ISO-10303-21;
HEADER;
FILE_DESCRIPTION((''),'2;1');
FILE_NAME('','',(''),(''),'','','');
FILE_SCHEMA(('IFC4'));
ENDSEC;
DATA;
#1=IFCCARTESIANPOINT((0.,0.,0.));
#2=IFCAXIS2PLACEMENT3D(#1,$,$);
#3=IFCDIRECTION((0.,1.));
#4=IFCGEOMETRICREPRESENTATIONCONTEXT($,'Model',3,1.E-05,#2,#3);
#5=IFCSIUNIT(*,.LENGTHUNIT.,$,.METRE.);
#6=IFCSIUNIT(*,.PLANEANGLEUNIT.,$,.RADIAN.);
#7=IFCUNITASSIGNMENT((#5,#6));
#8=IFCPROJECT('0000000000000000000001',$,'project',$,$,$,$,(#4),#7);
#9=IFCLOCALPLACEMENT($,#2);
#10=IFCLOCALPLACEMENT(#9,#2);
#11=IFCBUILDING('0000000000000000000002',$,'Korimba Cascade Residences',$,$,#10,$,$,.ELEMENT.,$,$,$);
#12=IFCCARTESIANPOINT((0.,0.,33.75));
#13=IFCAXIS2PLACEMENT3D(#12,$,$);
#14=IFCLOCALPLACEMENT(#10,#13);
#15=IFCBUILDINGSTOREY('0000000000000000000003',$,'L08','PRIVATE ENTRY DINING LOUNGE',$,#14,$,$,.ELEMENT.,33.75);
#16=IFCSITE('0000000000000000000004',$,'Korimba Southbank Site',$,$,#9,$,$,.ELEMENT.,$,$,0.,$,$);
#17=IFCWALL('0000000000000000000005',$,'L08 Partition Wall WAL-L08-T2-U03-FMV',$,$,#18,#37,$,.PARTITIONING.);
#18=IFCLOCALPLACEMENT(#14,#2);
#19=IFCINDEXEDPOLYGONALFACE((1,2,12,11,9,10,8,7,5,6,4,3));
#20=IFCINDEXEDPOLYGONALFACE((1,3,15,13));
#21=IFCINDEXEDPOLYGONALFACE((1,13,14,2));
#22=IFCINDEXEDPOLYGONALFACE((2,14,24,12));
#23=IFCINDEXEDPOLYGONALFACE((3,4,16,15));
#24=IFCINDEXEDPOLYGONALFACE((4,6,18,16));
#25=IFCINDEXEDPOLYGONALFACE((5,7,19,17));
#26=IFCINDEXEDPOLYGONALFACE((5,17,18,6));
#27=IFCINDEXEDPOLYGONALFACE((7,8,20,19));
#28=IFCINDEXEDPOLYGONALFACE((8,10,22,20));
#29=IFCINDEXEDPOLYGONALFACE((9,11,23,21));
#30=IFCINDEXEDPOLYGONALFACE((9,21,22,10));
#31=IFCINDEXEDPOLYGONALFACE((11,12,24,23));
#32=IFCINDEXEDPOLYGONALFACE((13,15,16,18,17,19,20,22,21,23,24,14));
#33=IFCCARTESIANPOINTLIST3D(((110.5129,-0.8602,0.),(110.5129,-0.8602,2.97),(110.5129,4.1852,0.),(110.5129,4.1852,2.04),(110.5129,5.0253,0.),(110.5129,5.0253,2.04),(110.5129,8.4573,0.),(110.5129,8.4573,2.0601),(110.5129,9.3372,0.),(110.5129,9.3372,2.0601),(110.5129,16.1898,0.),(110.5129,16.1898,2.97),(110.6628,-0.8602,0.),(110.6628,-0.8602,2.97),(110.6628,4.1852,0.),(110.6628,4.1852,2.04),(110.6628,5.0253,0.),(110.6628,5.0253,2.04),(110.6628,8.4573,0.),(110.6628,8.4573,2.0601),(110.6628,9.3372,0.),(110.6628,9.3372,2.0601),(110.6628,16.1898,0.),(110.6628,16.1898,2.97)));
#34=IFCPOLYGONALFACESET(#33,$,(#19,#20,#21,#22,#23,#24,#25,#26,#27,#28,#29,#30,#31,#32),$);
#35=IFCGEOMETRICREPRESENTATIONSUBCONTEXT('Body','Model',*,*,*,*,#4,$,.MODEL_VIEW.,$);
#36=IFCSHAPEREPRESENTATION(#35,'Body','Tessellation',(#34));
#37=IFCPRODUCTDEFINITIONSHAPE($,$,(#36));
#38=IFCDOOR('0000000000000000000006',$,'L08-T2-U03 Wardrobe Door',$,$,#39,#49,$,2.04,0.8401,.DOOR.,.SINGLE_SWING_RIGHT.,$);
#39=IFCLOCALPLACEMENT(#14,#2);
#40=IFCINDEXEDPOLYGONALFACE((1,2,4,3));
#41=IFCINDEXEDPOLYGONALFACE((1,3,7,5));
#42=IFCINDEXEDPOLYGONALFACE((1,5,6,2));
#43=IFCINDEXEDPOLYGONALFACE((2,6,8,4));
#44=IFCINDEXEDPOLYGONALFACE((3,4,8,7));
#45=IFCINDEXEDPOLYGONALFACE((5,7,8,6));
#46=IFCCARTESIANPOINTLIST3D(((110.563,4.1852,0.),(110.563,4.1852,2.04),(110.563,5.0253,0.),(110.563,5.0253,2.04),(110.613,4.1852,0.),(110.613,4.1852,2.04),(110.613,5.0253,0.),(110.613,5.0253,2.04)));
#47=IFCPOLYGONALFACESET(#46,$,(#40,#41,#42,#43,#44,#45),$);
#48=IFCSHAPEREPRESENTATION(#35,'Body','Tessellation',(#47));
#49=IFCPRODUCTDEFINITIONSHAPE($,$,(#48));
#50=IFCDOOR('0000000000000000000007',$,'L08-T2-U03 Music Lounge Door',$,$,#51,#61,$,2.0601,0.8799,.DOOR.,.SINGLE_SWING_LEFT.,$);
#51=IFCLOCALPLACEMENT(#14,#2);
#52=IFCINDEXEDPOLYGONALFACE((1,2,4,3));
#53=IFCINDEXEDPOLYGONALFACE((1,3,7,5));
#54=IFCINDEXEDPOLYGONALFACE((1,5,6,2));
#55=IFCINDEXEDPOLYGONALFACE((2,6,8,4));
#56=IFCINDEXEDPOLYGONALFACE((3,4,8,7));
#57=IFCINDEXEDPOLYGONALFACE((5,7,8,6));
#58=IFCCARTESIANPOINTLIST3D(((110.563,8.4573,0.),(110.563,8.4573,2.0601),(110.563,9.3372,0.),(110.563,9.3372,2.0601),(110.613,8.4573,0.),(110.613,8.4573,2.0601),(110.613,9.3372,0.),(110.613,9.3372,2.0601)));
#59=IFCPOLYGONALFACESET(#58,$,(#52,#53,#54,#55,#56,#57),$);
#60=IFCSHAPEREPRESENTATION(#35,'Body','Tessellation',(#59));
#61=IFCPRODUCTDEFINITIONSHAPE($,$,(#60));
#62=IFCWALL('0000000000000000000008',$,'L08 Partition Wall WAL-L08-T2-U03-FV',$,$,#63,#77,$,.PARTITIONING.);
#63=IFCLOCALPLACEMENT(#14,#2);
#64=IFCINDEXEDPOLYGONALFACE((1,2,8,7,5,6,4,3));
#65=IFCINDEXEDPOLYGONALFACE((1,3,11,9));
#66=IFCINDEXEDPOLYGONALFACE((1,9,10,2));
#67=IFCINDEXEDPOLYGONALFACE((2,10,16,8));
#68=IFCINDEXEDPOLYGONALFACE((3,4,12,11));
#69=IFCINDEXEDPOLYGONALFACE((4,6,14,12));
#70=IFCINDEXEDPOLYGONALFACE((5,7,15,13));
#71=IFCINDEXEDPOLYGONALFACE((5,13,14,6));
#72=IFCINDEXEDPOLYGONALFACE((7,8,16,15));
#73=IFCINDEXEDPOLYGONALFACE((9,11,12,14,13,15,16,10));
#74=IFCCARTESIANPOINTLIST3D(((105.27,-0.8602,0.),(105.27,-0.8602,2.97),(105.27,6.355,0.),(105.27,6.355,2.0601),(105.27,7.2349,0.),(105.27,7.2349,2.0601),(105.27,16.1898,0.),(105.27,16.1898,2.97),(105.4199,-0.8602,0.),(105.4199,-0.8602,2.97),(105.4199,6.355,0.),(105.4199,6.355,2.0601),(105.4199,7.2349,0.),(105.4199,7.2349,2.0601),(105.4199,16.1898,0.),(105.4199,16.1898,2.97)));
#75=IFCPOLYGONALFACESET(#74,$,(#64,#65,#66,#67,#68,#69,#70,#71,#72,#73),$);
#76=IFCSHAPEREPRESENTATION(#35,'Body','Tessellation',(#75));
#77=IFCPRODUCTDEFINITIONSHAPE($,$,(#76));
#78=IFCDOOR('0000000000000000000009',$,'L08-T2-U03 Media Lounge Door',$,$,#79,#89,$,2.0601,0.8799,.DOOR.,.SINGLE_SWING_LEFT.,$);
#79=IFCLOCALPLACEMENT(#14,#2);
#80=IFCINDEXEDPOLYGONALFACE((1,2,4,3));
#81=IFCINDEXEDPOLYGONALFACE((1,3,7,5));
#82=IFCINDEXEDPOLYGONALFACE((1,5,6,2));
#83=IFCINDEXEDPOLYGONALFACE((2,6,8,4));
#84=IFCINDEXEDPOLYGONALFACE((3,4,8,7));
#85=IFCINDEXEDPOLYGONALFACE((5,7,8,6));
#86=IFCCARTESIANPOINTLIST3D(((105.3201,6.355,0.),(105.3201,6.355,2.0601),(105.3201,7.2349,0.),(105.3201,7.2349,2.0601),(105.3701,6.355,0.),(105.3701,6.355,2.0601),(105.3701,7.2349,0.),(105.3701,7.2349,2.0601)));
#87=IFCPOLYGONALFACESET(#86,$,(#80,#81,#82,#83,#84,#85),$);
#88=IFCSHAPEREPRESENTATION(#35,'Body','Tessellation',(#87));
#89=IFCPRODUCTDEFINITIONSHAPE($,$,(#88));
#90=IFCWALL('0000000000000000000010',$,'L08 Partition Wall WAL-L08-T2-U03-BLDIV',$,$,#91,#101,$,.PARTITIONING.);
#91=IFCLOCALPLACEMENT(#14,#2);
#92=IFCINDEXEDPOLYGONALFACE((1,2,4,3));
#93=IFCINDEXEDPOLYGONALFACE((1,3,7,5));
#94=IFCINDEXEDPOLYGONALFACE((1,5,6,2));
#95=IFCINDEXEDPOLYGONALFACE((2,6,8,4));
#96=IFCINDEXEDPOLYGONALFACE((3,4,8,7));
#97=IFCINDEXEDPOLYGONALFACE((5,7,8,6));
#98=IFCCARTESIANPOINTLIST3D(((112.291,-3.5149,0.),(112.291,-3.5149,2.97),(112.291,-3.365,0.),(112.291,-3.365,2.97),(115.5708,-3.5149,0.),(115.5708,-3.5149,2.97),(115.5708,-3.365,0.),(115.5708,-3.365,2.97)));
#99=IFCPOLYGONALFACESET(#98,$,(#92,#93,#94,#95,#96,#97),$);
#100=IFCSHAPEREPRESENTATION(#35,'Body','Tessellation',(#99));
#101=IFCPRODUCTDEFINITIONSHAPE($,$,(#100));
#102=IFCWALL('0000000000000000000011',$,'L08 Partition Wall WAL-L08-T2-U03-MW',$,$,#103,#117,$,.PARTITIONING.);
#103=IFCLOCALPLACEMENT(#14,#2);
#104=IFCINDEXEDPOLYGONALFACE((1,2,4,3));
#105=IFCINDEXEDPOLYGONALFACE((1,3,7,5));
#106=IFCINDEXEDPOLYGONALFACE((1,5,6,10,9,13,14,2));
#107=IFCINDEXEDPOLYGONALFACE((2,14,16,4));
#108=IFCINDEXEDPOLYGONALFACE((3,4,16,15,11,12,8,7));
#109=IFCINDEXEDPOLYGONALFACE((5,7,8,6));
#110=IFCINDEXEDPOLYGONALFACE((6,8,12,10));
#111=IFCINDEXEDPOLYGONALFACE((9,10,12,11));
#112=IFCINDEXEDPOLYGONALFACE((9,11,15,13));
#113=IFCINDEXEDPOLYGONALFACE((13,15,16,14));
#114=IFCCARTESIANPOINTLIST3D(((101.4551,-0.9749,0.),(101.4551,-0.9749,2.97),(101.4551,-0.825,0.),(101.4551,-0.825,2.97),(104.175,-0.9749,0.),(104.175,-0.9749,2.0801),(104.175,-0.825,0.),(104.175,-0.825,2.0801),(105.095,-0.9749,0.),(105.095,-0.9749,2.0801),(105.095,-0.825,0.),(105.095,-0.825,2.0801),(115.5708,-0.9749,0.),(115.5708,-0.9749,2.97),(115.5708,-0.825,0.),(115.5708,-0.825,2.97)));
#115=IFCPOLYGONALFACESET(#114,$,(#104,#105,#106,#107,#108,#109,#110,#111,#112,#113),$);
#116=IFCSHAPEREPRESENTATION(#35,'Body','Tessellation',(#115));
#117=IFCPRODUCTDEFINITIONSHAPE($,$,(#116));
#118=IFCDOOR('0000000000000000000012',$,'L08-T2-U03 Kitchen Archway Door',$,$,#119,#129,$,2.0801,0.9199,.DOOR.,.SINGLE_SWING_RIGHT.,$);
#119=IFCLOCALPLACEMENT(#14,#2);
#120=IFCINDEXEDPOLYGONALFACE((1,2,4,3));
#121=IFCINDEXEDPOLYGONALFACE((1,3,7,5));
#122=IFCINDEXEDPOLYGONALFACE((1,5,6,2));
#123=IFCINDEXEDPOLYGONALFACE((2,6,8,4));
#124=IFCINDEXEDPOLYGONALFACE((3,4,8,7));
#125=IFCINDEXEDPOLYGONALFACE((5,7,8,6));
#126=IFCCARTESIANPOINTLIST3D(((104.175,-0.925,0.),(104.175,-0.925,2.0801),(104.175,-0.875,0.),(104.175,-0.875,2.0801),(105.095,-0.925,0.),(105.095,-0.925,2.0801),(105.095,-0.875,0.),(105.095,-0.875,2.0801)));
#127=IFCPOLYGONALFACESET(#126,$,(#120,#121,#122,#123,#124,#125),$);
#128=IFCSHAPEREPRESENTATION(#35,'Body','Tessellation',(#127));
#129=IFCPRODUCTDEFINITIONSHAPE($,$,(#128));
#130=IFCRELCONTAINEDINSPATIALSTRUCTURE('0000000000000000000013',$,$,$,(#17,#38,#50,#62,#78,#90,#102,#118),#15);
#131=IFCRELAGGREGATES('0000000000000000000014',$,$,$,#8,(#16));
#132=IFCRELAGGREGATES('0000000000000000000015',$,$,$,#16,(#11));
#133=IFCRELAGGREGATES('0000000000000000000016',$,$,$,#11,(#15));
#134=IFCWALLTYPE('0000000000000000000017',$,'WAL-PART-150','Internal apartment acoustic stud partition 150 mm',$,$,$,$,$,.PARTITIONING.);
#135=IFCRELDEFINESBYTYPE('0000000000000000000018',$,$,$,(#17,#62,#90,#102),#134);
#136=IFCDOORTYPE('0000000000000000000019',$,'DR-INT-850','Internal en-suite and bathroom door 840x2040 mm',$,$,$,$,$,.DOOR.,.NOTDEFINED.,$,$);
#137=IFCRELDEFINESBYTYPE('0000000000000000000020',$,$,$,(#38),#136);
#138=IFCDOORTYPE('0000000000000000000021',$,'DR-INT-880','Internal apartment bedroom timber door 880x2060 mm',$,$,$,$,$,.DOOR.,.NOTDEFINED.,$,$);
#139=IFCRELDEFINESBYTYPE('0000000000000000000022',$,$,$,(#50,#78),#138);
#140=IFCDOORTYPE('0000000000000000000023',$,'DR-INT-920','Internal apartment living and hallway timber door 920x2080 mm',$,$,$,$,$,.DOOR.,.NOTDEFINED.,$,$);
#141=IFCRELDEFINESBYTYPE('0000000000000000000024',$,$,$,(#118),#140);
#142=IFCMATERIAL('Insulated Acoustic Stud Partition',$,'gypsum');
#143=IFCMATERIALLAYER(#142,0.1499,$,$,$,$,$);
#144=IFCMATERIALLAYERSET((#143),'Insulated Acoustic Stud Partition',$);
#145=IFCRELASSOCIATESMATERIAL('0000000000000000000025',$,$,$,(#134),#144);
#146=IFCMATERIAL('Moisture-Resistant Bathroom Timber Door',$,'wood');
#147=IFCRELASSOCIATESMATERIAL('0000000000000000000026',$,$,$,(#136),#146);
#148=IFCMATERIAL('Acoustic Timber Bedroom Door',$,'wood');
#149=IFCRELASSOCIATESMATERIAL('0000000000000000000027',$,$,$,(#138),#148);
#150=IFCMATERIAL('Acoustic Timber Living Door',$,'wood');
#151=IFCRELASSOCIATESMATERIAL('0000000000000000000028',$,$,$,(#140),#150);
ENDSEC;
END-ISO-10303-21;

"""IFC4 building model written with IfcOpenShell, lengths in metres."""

from ifc_helpers import new_model, si_unit, direction, frame, frame_2d, origin, place, context, subcontext, project, spatial, rectangle, extrude, material, layer, layer_set, type_object, element, fill, save


model = new_model("IFC4")

# Units and contexts
model_context = context("Model", 3, precision=1e-05, world=origin(), true_north=direction((0.0, 1.0)))
body_context = subcontext(model_context, "Body", "Model", "MODEL_VIEW")
ifc_project = project(units=[si_unit("LENGTHUNIT", "METRE"), si_unit("PLANEANGLEUNIT", "RADIAN")], contexts=[model_context])

# Site, building, storey
site_placement = place(None, origin())
site = spatial("IfcSite", under=ifc_project, at=site_placement, Name="Korimba Southbank Site", CompositionType="ELEMENT", RefElevation=0.0)
building_placement = place(site_placement, origin())
building = spatial("IfcBuilding", under=site, at=building_placement, Name="Korimba Cascade Residences", CompositionType="ELEMENT")
storey_placement = place(building_placement, frame((0.0, 0.0, 33.75)))
storey = spatial("IfcBuildingStorey", under=building, at=storey_placement, Name="L08", Description="PRIVATE ENTRY DINING LOUNGE", CompositionType="ELEMENT", Elevation=33.75)

# Shared definitions
ifc_material_1 = material(Name="Insulated Acoustic Stud Partition", Category="gypsum")
ifc_layer = layer(ifc_material_1, 0.1499)
ifc_layer_set = layer_set([ifc_layer], Name="Insulated Acoustic Stud Partition")
wall_type = type_object("IfcWallType", Name="WAL-PART-150", Description="Internal apartment acoustic stud partition 150 mm", PredefinedType="PARTITIONING", material=ifc_layer_set)

# Wall, openings, doors
wall_1_placement = place(storey_placement, frame((110.5879, -0.8601, 0.0), z_axis=(0.0, 0.0, 1.0), x_axis=(0.0, 1.0, 0.0)))
wall_1 = element("IfcWall", 1, at=wall_1_placement, inside=storey, type_object=wall_type, Name="L08 Partition Wall WAL-L08-T2-U03-FMV", PredefinedType="PARTITIONING", context=body_context, shape_type="SweptSolid", body=[
    extrude(rectangle(XDim=17.05, YDim=0.1499, at=frame_2d((8.5249, 0.0))), origin(), (0.0, 0.0, 1.0), 2.97),
])
opening_1_placement = place(wall_1_placement, frame((5.0454, 0.0, 0.0)))
opening_1 = element("IfcOpeningElement", 2, at=opening_1_placement, cuts=wall_1, PredefinedType="OPENING", context=body_context, shape_type="SweptSolid", body=[
    extrude(rectangle(XDim=0.8401, YDim=2.04, at=frame_2d((0.4199, 1.02))), frame((0.0, 0.085, 0.0), z_axis=(0.0, -1.0, 0.0), x_axis=(1.0, 0.0, 0.0)), (0.0, 0.0, 1.0), 0.1699),
])
opening_2_placement = place(wall_1_placement, frame((9.3174, 0.0, 0.0)))
opening_2 = element("IfcOpeningElement", 3, at=opening_2_placement, cuts=wall_1, PredefinedType="OPENING", context=body_context, shape_type="SweptSolid", body=[
    extrude(rectangle(XDim=0.8799, YDim=2.0601, at=frame_2d((0.4399, 1.03))), frame((0.0, 0.085, 0.0), z_axis=(0.0, -1.0, 0.0), x_axis=(1.0, 0.0, 0.0)), (0.0, 0.0, 1.0), 0.1699),
])
ifc_material_2 = material(Name="Moisture-Resistant Bathroom Timber Door", Category="wood")
door_type_1 = type_object("IfcDoorType", Name="DR-INT-850", Description="Internal en-suite and bathroom door 840x2040 mm", OperationType="NOTDEFINED", PredefinedType="DOOR", material=ifc_material_2)
door_1_placement = place(opening_1_placement, origin())
door_1 = element("IfcDoor", 4, at=door_1_placement, inside=storey, type_object=door_type_1, Name="L08-T2-U03 Wardrobe Door", OperationType="SINGLE_SWING_RIGHT", OverallHeight=2.04, OverallWidth=0.8401, PredefinedType="DOOR", context=body_context, shape_type="SweptSolid", body=[
    extrude(rectangle(XDim=0.8401, YDim=2.04, at=frame_2d((0.4199, 1.02))), frame((0.0, 0.0249, 0.0), z_axis=(0.0, -1.0, 0.0), x_axis=(1.0, 0.0, 0.0)), (0.0, 0.0, 1.0), 0.05),
])
fill(opening_1, door_1)
ifc_material_3 = material(Name="Acoustic Timber Bedroom Door", Category="wood")
door_type_2 = type_object("IfcDoorType", Name="DR-INT-880", Description="Internal apartment bedroom timber door 880x2060 mm", OperationType="NOTDEFINED", PredefinedType="DOOR", material=ifc_material_3)
door_2_placement = place(opening_2_placement, origin())
door_2 = element("IfcDoor", 5, at=door_2_placement, inside=storey, type_object=door_type_2, Name="L08-T2-U03 Music Lounge Door", OperationType="SINGLE_SWING_LEFT", OverallHeight=2.0601, OverallWidth=0.8799, PredefinedType="DOOR", context=body_context, shape_type="SweptSolid", body=[
    extrude(rectangle(XDim=0.8799, YDim=2.0601, at=frame_2d((0.4399, 1.03))), frame((0.0, 0.0249, 0.0), z_axis=(0.0, -1.0, 0.0), x_axis=(1.0, 0.0, 0.0)), (0.0, 0.0, 1.0), 0.05),
])
fill(opening_2, door_2)

# Wall, opening, door
wall_2_placement = place(storey_placement, frame((105.345, -0.8601, 0.0), z_axis=(0.0, 0.0, 1.0), x_axis=(0.0, 1.0, 0.0)))
wall_2 = element("IfcWall", 6, at=wall_2_placement, inside=storey, type_object=wall_type, Name="L08 Partition Wall WAL-L08-T2-U03-FV", PredefinedType="PARTITIONING", context=body_context, shape_type="SweptSolid", body=[
    extrude(rectangle(XDim=17.05, YDim=0.1499, at=frame_2d((8.5249, 0.0))), origin(), (0.0, 0.0, 1.0), 2.97),
])
opening_3_placement = place(wall_2_placement, frame((7.2151, 0.0, 0.0)))
opening_3 = element("IfcOpeningElement", 7, at=opening_3_placement, cuts=wall_2, PredefinedType="OPENING", context=body_context, shape_type="SweptSolid", body=[
    extrude(rectangle(XDim=0.8799, YDim=2.0601, at=frame_2d((0.4399, 1.03))), frame((0.0, 0.085, 0.0), z_axis=(0.0, -1.0, 0.0), x_axis=(1.0, 0.0, 0.0)), (0.0, 0.0, 1.0), 0.1699),
])
door_3_placement = place(opening_3_placement, origin())
door_3 = element("IfcDoor", 8, at=door_3_placement, inside=storey, type_object=door_type_2, Name="L08-T2-U03 Media Lounge Door", OperationType="SINGLE_SWING_LEFT", OverallHeight=2.0601, OverallWidth=0.8799, PredefinedType="DOOR", context=body_context, shape_type="SweptSolid", body=[
    extrude(rectangle(XDim=0.8799, YDim=2.0601, at=frame_2d((0.4399, 1.03))), frame((0.0, 0.0249, 0.0), z_axis=(0.0, -1.0, 0.0), x_axis=(1.0, 0.0, 0.0)), (0.0, 0.0, 1.0), 0.05),
])
fill(opening_3, door_3)

# Wall
wall_3_placement = place(storey_placement, frame((112.291, -3.4399, 0.0), z_axis=(0.0, 0.0, 1.0), x_axis=(1.0, 0.0, 0.0)))
element("IfcWall", 9, at=wall_3_placement, inside=storey, type_object=wall_type, Name="L08 Partition Wall WAL-L08-T2-U03-BLDIV", PredefinedType="PARTITIONING", context=body_context, shape_type="SweptSolid", body=[
    extrude(rectangle(XDim=3.2798, YDim=0.1499, at=frame_2d((1.6399, 0.0))), origin(), (0.0, 0.0, 1.0), 2.97),
])

# Wall, opening, door
wall_4_placement = place(storey_placement, frame((101.4551, -0.8999, 0.0), z_axis=(0.0, 0.0, 1.0), x_axis=(1.0, 0.0, 0.0)))
wall_4 = element("IfcWall", 10, at=wall_4_placement, inside=storey, type_object=wall_type, Name="L08 Partition Wall WAL-L08-T2-U03-MW", PredefinedType="PARTITIONING", context=body_context, shape_type="SweptSolid", body=[
    extrude(rectangle(XDim=14.1157, YDim=0.1499, at=frame_2d((7.0579, 0.0))), origin(), (0.0, 0.0, 1.0), 2.97),
])
opening_4_placement = place(wall_4_placement, frame((2.72, 0.0, 0.0)))
opening_4 = element("IfcOpeningElement", 11, at=opening_4_placement, cuts=wall_4, PredefinedType="OPENING", context=body_context, shape_type="SweptSolid", body=[
    extrude(rectangle(XDim=0.9199, YDim=2.0801, at=frame_2d((0.46, 1.04))), frame((0.0, 0.085, 0.0), z_axis=(0.0, -1.0, 0.0), x_axis=(1.0, 0.0, 0.0)), (0.0, 0.0, 1.0), 0.1699),
])
ifc_material_4 = material(Name="Acoustic Timber Living Door", Category="wood")
door_type_3 = type_object("IfcDoorType", Name="DR-INT-920", Description="Internal apartment living and hallway timber door 920x2080 mm", OperationType="NOTDEFINED", PredefinedType="DOOR", material=ifc_material_4)
door_4_placement = place(opening_4_placement, origin())
door_4 = element("IfcDoor", 12, at=door_4_placement, inside=storey, type_object=door_type_3, Name="L08-T2-U03 Kitchen Archway Door", OperationType="SINGLE_SWING_RIGHT", OverallHeight=2.0801, OverallWidth=0.9199, PredefinedType="DOOR", context=body_context, shape_type="SweptSolid", body=[
    extrude(rectangle(XDim=0.9199, YDim=2.0801, at=frame_2d((0.46, 1.04))), frame((0.0, 0.0249, 0.0), z_axis=(0.0, -1.0, 0.0), x_axis=(1.0, 0.0, 0.0)), (0.0, 0.0, 1.0), 0.05),
])
fill(opening_4, door_4)

save(model, "model.ifc")
